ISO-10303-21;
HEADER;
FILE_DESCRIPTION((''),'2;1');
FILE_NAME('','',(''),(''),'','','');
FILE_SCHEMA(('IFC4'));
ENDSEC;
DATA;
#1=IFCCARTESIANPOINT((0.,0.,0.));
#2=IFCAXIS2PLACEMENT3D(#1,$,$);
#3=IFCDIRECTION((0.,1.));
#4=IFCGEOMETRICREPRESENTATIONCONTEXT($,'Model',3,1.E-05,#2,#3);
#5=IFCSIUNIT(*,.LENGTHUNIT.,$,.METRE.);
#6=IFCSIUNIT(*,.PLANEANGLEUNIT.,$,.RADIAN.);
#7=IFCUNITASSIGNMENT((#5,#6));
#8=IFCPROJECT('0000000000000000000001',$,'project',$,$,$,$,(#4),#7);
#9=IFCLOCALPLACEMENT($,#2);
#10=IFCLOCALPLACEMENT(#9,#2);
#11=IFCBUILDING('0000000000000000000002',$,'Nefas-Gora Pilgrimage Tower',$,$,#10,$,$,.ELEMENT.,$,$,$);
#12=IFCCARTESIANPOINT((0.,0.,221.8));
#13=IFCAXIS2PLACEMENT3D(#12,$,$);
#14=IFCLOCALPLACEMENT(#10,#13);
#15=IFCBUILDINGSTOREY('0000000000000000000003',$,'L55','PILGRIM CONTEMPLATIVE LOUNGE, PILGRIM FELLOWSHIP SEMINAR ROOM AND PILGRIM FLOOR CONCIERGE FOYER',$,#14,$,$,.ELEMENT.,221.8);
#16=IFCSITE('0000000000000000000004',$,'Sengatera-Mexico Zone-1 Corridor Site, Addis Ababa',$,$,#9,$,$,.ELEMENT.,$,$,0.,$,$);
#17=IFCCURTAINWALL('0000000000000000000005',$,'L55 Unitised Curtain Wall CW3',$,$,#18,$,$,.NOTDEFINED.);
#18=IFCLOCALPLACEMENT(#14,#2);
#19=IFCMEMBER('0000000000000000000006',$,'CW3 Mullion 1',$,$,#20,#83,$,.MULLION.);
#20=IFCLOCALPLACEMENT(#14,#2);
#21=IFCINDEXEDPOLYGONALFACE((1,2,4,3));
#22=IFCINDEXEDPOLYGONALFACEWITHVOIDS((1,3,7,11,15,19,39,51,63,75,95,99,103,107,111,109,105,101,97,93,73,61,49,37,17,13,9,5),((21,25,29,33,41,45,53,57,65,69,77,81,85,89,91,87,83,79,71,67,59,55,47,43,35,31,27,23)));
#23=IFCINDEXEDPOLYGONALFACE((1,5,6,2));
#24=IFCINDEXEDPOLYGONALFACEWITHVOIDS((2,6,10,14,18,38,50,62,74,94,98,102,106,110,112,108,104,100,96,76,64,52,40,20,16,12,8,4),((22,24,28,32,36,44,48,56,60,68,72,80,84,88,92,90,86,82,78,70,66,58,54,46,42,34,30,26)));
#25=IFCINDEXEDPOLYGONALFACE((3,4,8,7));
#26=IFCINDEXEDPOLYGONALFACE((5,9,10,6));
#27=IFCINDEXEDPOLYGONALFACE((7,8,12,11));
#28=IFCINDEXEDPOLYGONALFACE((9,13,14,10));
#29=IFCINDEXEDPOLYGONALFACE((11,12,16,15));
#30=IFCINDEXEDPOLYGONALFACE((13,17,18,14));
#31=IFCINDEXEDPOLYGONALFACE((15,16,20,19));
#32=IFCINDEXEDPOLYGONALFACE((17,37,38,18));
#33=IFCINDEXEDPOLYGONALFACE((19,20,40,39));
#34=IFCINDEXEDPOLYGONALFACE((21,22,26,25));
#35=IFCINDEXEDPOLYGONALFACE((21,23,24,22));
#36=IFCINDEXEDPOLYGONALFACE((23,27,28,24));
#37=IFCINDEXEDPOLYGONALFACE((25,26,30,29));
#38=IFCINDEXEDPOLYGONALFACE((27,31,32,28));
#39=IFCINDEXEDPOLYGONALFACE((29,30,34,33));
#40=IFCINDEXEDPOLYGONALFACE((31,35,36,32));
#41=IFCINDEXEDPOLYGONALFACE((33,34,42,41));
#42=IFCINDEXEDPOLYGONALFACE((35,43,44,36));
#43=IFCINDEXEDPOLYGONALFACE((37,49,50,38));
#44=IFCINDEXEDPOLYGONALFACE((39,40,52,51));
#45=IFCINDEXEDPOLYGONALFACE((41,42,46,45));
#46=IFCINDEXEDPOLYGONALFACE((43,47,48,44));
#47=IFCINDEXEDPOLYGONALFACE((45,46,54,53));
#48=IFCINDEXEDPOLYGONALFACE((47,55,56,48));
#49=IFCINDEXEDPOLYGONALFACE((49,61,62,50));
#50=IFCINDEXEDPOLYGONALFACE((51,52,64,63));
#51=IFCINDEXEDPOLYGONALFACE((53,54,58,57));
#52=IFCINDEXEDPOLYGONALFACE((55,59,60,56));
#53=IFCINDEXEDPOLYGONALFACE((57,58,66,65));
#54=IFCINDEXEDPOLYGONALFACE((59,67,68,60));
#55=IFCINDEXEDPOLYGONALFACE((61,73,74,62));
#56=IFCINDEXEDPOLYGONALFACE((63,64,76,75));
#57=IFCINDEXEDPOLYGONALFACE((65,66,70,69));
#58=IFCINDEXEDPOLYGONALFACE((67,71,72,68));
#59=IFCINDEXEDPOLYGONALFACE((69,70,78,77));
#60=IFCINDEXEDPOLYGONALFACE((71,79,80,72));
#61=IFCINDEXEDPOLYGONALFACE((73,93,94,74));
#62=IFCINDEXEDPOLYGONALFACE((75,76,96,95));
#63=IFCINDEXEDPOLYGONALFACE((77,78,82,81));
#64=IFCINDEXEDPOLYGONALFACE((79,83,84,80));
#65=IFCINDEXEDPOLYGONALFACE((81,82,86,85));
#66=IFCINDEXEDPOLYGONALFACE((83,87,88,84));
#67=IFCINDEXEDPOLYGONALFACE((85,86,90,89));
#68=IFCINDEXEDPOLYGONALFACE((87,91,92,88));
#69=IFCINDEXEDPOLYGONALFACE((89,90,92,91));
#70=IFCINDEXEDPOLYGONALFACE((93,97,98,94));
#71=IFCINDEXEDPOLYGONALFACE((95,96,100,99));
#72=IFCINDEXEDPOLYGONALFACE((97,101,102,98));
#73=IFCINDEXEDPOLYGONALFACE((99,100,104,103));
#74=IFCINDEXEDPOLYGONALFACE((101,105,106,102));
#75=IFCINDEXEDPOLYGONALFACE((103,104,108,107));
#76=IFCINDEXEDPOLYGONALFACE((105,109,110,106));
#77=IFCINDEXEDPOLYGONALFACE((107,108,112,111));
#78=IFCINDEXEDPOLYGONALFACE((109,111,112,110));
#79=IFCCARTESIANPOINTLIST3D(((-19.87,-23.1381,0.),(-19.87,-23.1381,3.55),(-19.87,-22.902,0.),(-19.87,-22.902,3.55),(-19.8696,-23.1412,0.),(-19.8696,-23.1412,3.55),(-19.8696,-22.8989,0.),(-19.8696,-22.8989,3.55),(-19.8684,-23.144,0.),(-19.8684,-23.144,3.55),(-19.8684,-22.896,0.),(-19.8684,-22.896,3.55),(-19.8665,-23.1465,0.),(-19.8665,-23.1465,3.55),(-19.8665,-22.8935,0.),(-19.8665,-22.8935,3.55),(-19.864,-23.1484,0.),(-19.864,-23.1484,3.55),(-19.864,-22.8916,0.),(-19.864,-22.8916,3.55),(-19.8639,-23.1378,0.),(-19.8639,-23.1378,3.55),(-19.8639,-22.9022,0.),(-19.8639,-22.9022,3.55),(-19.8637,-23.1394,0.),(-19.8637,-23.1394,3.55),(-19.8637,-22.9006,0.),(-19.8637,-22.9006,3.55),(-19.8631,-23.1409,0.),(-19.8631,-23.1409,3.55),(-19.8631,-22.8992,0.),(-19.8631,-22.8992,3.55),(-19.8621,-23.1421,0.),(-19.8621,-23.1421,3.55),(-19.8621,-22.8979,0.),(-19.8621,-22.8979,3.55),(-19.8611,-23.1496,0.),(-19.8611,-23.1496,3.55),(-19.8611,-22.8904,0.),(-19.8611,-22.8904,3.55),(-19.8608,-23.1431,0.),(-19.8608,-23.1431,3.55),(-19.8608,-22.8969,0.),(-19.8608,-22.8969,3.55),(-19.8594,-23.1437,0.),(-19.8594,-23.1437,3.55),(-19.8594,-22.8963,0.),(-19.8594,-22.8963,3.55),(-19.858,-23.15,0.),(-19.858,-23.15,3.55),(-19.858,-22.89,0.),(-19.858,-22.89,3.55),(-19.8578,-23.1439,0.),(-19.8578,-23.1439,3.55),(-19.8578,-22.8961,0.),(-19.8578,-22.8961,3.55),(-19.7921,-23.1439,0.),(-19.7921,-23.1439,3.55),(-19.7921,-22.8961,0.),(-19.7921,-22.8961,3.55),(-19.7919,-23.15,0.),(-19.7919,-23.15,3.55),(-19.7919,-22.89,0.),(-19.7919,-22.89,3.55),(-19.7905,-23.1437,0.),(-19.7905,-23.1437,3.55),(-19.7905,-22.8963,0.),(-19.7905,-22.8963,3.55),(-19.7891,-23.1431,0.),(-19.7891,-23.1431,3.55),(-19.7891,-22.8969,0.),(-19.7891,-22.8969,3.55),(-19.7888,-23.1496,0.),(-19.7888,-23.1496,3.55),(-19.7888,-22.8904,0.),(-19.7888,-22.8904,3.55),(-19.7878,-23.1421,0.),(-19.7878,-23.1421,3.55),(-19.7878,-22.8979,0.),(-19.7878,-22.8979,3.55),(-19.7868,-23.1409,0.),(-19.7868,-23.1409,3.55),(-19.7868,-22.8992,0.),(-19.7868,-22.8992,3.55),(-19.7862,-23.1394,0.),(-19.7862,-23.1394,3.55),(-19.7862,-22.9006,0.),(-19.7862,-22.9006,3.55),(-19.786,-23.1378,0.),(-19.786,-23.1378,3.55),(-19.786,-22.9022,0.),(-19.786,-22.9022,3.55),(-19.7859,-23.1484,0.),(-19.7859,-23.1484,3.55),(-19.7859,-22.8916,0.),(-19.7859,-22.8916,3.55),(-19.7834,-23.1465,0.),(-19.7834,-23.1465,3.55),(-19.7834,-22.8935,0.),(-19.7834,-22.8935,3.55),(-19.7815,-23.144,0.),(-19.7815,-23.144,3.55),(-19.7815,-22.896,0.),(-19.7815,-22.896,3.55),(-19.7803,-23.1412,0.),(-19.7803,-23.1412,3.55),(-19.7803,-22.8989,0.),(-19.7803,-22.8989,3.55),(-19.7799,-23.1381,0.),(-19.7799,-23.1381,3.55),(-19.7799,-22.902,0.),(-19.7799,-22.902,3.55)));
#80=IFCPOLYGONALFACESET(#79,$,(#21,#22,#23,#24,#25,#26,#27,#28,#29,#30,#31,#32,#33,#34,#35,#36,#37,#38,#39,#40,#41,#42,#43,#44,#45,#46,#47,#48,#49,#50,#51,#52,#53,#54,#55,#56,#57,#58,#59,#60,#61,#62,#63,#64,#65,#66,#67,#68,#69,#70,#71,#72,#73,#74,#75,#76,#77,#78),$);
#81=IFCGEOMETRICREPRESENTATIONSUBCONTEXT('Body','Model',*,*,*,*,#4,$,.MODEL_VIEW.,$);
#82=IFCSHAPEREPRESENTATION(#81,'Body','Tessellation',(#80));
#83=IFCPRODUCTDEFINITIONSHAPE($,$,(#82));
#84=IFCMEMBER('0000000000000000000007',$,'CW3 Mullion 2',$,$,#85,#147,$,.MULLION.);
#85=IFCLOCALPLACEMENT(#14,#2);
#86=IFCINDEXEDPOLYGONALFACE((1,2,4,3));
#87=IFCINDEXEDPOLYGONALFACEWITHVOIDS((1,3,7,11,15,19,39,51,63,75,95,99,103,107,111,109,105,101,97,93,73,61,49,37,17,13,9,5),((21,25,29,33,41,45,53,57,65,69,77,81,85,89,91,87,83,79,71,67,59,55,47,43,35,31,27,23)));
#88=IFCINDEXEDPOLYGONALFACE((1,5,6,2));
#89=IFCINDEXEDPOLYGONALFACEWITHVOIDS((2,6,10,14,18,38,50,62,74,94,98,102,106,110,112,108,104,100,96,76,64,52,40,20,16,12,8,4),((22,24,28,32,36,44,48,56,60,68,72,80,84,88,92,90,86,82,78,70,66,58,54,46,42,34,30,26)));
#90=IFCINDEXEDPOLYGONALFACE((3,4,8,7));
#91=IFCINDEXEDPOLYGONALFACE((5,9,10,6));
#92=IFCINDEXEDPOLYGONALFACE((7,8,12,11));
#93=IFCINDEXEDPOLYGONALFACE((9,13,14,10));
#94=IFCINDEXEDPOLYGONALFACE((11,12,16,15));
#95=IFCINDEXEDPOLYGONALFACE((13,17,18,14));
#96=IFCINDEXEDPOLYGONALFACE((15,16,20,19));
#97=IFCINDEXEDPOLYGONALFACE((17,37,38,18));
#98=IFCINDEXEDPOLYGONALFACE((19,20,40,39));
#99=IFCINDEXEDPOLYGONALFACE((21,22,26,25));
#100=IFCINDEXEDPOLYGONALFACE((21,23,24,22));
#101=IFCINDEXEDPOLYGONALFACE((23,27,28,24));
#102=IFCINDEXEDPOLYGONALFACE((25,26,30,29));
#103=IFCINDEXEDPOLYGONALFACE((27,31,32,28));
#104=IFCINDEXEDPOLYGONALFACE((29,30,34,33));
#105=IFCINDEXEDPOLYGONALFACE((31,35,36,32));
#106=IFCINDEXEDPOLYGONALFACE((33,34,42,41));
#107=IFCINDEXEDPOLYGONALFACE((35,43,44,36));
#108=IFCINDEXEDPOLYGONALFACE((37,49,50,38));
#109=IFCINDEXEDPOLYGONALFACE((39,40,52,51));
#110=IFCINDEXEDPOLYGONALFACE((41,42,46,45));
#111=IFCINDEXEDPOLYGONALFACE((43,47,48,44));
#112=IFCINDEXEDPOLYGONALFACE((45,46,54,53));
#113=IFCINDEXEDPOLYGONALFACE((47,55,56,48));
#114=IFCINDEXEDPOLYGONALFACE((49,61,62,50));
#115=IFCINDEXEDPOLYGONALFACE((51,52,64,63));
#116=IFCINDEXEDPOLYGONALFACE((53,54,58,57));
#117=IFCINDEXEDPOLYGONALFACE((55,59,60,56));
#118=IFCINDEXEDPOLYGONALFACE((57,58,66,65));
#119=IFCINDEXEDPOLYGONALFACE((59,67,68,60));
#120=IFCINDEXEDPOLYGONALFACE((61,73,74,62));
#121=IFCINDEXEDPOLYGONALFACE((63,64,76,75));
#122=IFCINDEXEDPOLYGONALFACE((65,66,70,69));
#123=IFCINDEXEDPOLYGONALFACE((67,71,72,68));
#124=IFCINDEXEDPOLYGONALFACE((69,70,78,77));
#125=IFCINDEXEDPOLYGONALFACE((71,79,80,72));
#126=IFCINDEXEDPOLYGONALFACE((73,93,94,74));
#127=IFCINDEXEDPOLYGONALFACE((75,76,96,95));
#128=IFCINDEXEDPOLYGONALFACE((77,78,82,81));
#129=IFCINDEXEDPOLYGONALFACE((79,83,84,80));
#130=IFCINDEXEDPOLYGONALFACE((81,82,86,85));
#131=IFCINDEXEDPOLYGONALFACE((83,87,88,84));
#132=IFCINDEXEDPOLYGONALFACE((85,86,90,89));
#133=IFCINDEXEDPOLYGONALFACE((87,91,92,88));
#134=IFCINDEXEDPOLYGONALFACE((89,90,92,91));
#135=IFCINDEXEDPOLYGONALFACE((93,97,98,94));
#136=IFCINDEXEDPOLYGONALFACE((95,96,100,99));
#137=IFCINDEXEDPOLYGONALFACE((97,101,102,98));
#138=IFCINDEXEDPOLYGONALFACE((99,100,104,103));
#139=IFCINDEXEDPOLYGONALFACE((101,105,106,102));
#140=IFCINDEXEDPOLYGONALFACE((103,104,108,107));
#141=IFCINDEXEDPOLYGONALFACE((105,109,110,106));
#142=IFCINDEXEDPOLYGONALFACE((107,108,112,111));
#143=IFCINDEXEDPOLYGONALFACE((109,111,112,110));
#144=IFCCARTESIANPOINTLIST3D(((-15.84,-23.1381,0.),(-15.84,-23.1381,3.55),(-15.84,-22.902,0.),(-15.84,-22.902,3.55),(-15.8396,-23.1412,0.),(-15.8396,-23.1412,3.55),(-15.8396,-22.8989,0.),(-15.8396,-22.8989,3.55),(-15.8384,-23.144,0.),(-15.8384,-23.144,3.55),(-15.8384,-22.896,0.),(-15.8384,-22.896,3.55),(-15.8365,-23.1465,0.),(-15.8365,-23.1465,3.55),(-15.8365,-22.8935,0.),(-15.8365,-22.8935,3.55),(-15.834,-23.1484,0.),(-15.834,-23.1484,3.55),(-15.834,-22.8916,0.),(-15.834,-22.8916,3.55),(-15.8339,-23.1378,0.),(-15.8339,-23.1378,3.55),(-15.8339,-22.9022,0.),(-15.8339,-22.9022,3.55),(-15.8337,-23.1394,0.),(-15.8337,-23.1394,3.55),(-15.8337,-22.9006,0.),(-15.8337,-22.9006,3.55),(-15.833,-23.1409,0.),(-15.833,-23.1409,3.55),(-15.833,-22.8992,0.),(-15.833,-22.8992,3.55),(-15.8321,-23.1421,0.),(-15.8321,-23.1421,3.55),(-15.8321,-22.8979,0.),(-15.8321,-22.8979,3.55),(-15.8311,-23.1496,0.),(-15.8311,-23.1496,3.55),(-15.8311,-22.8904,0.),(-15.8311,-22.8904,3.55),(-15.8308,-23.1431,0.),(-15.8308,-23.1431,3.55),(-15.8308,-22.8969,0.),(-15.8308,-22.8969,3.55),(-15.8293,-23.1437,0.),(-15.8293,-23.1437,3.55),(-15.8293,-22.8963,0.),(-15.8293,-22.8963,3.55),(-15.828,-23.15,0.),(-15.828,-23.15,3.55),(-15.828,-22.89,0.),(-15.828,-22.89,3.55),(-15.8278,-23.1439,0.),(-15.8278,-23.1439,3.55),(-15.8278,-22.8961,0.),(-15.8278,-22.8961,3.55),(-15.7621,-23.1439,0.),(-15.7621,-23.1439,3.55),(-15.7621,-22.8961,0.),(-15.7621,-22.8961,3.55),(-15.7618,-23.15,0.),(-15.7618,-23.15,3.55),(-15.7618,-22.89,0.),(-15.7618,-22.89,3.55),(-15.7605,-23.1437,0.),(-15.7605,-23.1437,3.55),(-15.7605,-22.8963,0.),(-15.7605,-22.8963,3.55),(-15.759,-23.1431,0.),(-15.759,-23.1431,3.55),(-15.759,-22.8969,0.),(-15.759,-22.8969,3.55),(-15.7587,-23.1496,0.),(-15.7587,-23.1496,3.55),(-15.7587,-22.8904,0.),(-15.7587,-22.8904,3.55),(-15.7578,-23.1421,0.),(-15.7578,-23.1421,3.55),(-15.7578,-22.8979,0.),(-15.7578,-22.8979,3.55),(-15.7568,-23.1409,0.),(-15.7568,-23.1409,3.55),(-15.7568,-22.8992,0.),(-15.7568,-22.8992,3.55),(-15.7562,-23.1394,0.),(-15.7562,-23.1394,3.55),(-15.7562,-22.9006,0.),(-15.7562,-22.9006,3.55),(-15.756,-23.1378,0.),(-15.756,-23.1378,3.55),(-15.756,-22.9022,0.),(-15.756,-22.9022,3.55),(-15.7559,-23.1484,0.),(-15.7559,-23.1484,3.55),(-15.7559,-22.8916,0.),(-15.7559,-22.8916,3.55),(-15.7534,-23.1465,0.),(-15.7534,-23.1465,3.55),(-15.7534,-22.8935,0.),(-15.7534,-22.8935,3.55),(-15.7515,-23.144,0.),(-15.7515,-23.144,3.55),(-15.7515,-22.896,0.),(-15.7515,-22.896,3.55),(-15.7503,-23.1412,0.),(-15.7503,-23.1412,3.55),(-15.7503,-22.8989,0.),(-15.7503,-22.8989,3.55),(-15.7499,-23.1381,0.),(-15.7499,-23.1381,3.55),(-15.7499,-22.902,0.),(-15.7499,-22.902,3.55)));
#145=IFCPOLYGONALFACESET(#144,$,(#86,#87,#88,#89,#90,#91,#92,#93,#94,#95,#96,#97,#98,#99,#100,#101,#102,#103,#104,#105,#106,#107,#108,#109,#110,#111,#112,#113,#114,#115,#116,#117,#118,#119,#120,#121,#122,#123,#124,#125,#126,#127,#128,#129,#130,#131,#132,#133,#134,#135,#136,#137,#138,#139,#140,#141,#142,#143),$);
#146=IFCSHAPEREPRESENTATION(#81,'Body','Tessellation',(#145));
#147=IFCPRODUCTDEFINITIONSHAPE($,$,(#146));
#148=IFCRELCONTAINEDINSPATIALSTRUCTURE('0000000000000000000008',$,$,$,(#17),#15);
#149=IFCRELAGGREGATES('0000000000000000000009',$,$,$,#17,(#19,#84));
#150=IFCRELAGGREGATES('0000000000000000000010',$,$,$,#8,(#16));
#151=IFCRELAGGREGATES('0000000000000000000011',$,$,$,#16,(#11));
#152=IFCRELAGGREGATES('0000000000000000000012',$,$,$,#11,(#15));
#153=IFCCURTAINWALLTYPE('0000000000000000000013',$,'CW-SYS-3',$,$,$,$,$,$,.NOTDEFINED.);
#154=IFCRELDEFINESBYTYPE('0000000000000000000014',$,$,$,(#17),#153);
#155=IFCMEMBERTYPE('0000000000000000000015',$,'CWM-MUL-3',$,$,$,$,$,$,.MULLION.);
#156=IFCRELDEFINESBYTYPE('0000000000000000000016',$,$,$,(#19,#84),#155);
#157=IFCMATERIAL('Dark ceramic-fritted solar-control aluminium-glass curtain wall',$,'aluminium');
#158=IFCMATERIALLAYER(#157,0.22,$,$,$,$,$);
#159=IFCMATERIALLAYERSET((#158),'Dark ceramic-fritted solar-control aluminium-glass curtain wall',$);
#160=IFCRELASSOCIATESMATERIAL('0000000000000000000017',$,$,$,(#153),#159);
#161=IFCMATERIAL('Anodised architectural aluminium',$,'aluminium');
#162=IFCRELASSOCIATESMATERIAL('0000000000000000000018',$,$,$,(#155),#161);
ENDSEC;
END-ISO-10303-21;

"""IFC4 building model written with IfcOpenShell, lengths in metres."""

from ifc_helpers import new_model, si_unit, direction, frame, origin, origin_2d, place, context, subcontext, project, spatial, hollow_rectangle, extrude, source, transform, mapped, material, layer, layer_set, material_profile, profile_set, type_object, element, aggregate, save


model = new_model("IFC4")

# Units and contexts
model_context = context("Model", 3, precision=1e-05, world=origin(), true_north=direction((0.0, 1.0)))
body_context = subcontext(model_context, "Body", "Model", "MODEL_VIEW")
ifc_project = project(units=[si_unit("LENGTHUNIT", "METRE"), si_unit("PLANEANGLEUNIT", "RADIAN")], contexts=[model_context])

# Site, building, storey
site_placement = place(None, origin())
site = spatial("IfcSite", under=ifc_project, at=site_placement, Name="Sengatera-Mexico Zone-1 Corridor Site, Addis Ababa", CompositionType="ELEMENT", RefElevation=0.0)
building_placement = place(site_placement, origin())
building = spatial("IfcBuilding", under=site, at=building_placement, Name="Nefas-Gora Pilgrimage Tower", CompositionType="ELEMENT")
storey_placement = place(building_placement, frame((0.0, 0.0, 221.8)))
storey = spatial("IfcBuildingStorey", under=building, at=storey_placement, Name="L55", Description="PILGRIM CONTEMPLATIVE LOUNGE, PILGRIM FELLOWSHIP SEMINAR ROOM AND PILGRIM FLOOR CONCIERGE FOYER", CompositionType="ELEMENT", Elevation=221.8)

# Shared definitions
ifc_material_1 = material(Name="Dark ceramic-fritted solar-control aluminium-glass curtain wall", Category="aluminium")
ifc_material_2 = material(Name="Anodised architectural aluminium", Category="aluminium")

# Shared definitions
ifc_layer_1 = layer(ifc_material_1, 0.22)
ifc_layer_set_1 = layer_set([ifc_layer_1], Name="Dark ceramic-fritted solar-control aluminium-glass curtain wall")
curtain_wall_type_1 = type_object("IfcCurtainWallType", Name="CW-SYS-3", PredefinedType="NOTDEFINED", material=ifc_layer_set_1)
ifc_material_profile_1 = material_profile(ifc_material_2, hollow_rectangle(XDim=0.0901, YDim=0.26, WallThickness=0.0061, InnerFilletRadius=0.0061, OuterFilletRadius=0.012, at=origin_2d()), Name="ALU MULLION 90x260")
ifc_profile_set_1 = profile_set([ifc_material_profile_1], Name="Anodised architectural aluminium")
member_type_1 = type_object("IfcMemberType", Name="CWM-MUL-3", PredefinedType="MULLION", material=ifc_profile_set_1)
shared_shape_1 = source(origin(), body_context, "Body", "SweptSolid", [
    extrude(hollow_rectangle(XDim=0.0901, YDim=0.26, WallThickness=0.0061, InnerFilletRadius=0.0061, OuterFilletRadius=0.012, at=origin_2d()), origin(), (0.0, 0.0, 1.0), 3.55),
])

# Curtain wall, members
curtain_wall_1_placement = place(storey_placement, origin())
curtain_wall_1 = element("IfcCurtainWall", 1, at=curtain_wall_1_placement, inside=storey, type_object=curtain_wall_type_1, Name="L55 Unitised Curtain Wall CW3", PredefinedType="NOTDEFINED")
member_1_placement = place(storey_placement, frame((-19.825, -23.02, 0.0), z_axis=(0.0, 0.0, 1.0), x_axis=(1.0, 0.0, 0.0)))
member_1 = element("IfcMember", 2, at=member_1_placement, type_object=member_type_1, Name="CW3 Mullion 1", PredefinedType="MULLION", context=body_context, shape_type="MappedRepresentation", body=[
    mapped(shared_shape_1, transform((0.0, 0.0, 0.0), x_axis=(1.0, 0.0, 0.0), y_axis=(0.0, 1.0, 0.0), z_axis=(0.0, 0.0, 1.0), scale=1.0)),
])
member_2_placement = place(storey_placement, frame((-15.7949, -23.02, 0.0), z_axis=(0.0, 0.0, 1.0), x_axis=(1.0, 0.0, 0.0)))
member_2 = element("IfcMember", 3, at=member_2_placement, type_object=member_type_1, Name="CW3 Mullion 2", PredefinedType="MULLION", context=body_context, shape_type="MappedRepresentation", body=[
    mapped(shared_shape_1, transform((0.0, 0.0, 0.0), x_axis=(1.0, 0.0, 0.0), y_axis=(0.0, 1.0, 0.0), z_axis=(0.0, 0.0, 1.0), scale=1.0)),
])

aggregate(curtain_wall_1, [member_1, member_2])

save(model, "model.ifc")
